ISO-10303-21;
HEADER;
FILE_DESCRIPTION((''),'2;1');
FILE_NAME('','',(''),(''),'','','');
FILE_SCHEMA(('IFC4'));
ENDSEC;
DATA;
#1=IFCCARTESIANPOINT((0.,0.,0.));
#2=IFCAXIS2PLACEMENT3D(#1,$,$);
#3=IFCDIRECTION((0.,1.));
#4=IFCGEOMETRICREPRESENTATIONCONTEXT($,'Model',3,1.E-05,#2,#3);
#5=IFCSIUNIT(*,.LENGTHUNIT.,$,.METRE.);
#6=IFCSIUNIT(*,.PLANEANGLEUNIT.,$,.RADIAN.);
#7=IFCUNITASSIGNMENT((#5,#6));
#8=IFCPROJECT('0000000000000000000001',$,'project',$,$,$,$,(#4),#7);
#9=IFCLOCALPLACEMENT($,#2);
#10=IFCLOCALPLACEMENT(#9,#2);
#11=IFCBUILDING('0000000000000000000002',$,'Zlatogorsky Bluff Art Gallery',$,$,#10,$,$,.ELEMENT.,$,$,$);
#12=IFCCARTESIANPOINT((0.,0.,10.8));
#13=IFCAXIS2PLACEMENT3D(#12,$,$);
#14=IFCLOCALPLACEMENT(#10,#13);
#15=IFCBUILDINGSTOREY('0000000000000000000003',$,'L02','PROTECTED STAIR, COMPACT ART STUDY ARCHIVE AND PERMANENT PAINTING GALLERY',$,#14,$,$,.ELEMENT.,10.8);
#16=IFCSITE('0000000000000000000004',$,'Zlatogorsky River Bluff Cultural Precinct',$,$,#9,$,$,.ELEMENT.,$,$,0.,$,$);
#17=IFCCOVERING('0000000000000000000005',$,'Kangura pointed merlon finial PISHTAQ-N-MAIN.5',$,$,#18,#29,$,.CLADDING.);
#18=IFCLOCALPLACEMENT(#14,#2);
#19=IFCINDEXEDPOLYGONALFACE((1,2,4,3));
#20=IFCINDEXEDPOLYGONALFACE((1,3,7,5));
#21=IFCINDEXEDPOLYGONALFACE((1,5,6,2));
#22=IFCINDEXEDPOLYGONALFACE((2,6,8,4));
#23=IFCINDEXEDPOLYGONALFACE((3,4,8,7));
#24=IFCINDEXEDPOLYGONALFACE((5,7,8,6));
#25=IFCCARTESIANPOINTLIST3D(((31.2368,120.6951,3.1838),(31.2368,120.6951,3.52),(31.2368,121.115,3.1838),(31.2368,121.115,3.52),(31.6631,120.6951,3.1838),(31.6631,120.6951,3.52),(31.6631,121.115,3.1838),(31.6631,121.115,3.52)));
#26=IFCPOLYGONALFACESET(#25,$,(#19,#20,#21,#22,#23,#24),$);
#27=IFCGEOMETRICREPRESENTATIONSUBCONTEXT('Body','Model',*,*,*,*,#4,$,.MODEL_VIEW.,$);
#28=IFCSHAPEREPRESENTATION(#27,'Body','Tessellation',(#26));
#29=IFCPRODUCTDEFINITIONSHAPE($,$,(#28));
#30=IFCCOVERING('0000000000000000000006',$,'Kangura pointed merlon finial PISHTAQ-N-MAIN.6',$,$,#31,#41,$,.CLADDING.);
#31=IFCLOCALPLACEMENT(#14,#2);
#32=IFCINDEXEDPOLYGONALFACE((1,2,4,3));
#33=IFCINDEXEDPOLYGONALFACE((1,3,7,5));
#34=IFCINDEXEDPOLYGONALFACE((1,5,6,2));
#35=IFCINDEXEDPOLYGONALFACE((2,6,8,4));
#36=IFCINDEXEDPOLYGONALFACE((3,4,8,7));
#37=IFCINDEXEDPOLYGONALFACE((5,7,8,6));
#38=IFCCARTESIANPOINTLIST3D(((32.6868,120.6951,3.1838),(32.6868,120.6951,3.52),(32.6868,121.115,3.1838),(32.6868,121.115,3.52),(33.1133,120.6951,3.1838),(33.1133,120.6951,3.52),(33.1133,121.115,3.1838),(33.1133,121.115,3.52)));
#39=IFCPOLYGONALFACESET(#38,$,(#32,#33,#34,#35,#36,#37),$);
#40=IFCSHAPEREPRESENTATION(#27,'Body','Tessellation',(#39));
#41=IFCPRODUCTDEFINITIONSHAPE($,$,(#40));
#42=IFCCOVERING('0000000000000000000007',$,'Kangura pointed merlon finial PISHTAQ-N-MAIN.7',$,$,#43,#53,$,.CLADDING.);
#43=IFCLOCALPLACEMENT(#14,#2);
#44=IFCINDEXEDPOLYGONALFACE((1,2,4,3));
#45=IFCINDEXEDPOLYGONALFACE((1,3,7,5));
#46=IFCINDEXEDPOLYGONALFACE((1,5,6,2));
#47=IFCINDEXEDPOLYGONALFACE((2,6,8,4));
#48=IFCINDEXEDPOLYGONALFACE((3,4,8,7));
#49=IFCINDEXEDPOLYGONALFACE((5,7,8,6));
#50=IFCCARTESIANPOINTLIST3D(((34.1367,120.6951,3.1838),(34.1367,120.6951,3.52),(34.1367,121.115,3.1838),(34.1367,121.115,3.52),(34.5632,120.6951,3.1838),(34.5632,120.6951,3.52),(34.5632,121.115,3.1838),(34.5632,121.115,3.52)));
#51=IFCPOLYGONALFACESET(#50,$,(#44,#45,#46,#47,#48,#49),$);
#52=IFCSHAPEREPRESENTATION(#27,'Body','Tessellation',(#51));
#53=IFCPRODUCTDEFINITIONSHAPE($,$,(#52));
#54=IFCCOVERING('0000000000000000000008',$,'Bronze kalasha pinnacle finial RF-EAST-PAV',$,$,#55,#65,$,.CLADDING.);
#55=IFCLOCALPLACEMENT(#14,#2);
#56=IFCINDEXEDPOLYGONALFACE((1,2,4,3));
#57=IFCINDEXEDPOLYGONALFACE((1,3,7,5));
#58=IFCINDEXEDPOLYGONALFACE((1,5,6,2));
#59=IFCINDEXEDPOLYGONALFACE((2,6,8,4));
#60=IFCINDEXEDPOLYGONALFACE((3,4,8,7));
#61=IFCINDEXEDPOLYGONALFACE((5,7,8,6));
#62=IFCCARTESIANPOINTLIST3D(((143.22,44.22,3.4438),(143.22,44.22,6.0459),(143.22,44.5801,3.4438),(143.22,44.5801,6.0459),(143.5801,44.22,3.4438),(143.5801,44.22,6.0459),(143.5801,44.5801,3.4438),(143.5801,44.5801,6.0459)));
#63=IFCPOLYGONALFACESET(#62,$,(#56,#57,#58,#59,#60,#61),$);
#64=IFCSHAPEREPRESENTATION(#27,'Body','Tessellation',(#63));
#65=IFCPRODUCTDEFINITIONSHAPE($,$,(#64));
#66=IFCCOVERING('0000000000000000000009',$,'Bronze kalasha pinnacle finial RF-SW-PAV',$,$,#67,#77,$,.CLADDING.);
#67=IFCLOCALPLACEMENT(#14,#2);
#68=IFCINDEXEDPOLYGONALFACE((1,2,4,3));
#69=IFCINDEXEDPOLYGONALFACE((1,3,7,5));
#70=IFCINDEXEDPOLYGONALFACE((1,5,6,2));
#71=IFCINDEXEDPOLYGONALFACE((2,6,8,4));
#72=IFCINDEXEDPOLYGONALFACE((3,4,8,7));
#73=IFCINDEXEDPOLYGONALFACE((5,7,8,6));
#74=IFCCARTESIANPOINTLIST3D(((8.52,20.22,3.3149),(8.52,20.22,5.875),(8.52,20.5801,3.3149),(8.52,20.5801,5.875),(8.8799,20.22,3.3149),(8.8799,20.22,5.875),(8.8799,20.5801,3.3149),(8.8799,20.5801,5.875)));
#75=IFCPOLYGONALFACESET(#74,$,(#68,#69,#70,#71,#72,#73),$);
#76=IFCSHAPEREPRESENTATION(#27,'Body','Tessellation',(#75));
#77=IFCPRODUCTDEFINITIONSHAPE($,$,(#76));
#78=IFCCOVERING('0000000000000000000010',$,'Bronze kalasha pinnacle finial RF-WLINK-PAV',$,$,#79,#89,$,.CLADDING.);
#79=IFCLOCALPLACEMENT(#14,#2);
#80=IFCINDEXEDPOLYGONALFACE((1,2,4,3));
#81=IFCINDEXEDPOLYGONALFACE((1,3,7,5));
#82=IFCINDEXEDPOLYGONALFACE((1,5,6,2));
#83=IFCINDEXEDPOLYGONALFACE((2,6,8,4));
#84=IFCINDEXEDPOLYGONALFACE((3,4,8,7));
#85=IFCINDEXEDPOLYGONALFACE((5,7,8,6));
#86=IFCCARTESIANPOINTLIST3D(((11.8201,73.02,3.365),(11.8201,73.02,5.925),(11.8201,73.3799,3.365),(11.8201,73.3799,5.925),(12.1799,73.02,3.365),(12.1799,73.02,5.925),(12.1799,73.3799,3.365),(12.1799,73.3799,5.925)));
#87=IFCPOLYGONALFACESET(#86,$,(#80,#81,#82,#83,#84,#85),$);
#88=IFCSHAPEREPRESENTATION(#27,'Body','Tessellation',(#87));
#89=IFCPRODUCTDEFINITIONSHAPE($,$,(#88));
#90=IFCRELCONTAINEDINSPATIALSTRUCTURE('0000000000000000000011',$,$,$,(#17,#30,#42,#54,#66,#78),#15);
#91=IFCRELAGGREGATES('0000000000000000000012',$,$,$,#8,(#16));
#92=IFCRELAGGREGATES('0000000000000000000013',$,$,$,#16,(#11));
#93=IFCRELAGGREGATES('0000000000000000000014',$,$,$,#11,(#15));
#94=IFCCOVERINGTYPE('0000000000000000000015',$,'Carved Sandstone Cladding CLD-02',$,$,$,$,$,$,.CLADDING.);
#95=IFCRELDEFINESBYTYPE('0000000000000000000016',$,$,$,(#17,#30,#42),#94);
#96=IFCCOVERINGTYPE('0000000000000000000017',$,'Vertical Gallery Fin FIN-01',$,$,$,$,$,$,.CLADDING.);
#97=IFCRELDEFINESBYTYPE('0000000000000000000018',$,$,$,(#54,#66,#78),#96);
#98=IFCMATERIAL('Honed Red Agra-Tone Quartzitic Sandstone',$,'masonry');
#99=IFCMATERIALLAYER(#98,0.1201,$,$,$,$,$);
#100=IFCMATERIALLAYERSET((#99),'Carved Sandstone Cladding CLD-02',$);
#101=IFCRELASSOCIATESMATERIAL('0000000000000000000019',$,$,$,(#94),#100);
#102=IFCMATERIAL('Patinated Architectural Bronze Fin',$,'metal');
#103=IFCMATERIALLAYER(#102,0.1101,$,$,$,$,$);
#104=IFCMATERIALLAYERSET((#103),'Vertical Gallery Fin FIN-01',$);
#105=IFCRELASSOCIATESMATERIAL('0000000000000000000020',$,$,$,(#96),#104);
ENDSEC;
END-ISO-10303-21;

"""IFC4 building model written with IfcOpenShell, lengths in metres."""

from ifc_helpers import new_model, si_unit, direction, frame, origin, place, context, subcontext, project, spatial, polyline, outline, extrude, material, layer, layer_set, type_object, element, save


model = new_model("IFC4")

# Units and contexts
model_context = context("Model", 3, precision=1e-05, world=origin(), true_north=direction((0.0, 1.0)))
body_context = subcontext(model_context, "Body", "Model", "MODEL_VIEW")
ifc_project = project(units=[si_unit("LENGTHUNIT", "METRE"), si_unit("PLANEANGLEUNIT", "RADIAN")], contexts=[model_context])

# Site, building, storey
site_placement = place(None, origin())
site = spatial("IfcSite", under=ifc_project, at=site_placement, Name="Zlatogorsky River Bluff Cultural Precinct", CompositionType="ELEMENT", RefElevation=0.0)
building_placement = place(site_placement, origin())
building = spatial("IfcBuilding", under=site, at=building_placement, Name="Zlatogorsky Bluff Art Gallery", CompositionType="ELEMENT")
storey_placement = place(building_placement, frame((0.0, 0.0, 10.8)))
storey = spatial("IfcBuildingStorey", under=building, at=storey_placement, Name="L02", Description="PROTECTED STAIR, COMPACT ART STUDY ARCHIVE AND PERMANENT PAINTING GALLERY", CompositionType="ELEMENT", Elevation=10.8)

# Coverings
ifc_material_1 = material(Name="Honed Red Agra-Tone Quartzitic Sandstone", Category="masonry")
ifc_layer_1 = layer(ifc_material_1, 0.1201)
ifc_layer_set_1 = layer_set([ifc_layer_1], Name="Carved Sandstone Cladding CLD-02")
covering_type_1 = type_object("IfcCoveringType", Name="Carved Sandstone Cladding CLD-02", PredefinedType="CLADDING", material=ifc_layer_set_1)
covering_1_placement = place(storey_placement, frame((0.0, 0.0, 3.1838)))
element("IfcCovering", 1, at=covering_1_placement, inside=storey, type_object=covering_type_1, Name="Kangura pointed merlon finial PISHTAQ-N-MAIN.5", PredefinedType="CLADDING", context=body_context, shape_type="SweptSolid", body=[
    extrude(outline(polyline([(31.2368, 120.6951), (31.6631, 120.6951), (31.6631, 121.115), (31.2368, 121.115), (31.2368, 120.6951)])), origin(), (0.0, 0.0, 1.0), 0.3362),
])
covering_2_placement = place(storey_placement, frame((0.0, 0.0, 3.1838)))
element("IfcCovering", 2, at=covering_2_placement, inside=storey, type_object=covering_type_1, Name="Kangura pointed merlon finial PISHTAQ-N-MAIN.6", PredefinedType="CLADDING", context=body_context, shape_type="SweptSolid", body=[
    extrude(outline(polyline([(32.6868, 120.6951), (33.1133, 120.6951), (33.1133, 121.115), (32.6868, 121.115), (32.6868, 120.6951)])), origin(), (0.0, 0.0, 1.0), 0.3362),
])
covering_3_placement = place(storey_placement, frame((0.0, 0.0, 3.1838)))
element("IfcCovering", 3, at=covering_3_placement, inside=storey, type_object=covering_type_1, Name="Kangura pointed merlon finial PISHTAQ-N-MAIN.7", PredefinedType="CLADDING", context=body_context, shape_type="SweptSolid", body=[
    extrude(outline(polyline([(34.1367, 120.6951), (34.5632, 120.6951), (34.5632, 121.115), (34.1367, 121.115), (34.1367, 120.6951)])), origin(), (0.0, 0.0, 1.0), 0.3362),
])
ifc_material_2 = material(Name="Patinated Architectural Bronze Fin", Category="metal")
ifc_layer_2 = layer(ifc_material_2, 0.1101)
ifc_layer_set_2 = layer_set([ifc_layer_2], Name="Vertical Gallery Fin FIN-01")
covering_type_2 = type_object("IfcCoveringType", Name="Vertical Gallery Fin FIN-01", PredefinedType="CLADDING", material=ifc_layer_set_2)
covering_4_placement = place(storey_placement, frame((0.0, 0.0, 3.4438)))
element("IfcCovering", 4, at=covering_4_placement, inside=storey, type_object=covering_type_2, Name="Bronze kalasha pinnacle finial RF-EAST-PAV", PredefinedType="CLADDING", context=body_context, shape_type="SweptSolid", body=[
    extrude(outline(polyline([(143.22, 44.22), (143.5801, 44.22), (143.5801, 44.5801), (143.22, 44.5801), (143.22, 44.22)])), origin(), (0.0, 0.0, 1.0), 2.6021),
])
covering_5_placement = place(storey_placement, frame((0.0, 0.0, 3.3149)))
element("IfcCovering", 5, at=covering_5_placement, inside=storey, type_object=covering_type_2, Name="Bronze kalasha pinnacle finial RF-SW-PAV", PredefinedType="CLADDING", context=body_context, shape_type="SweptSolid", body=[
    extrude(outline(polyline([(8.52, 20.22), (8.8799, 20.22), (8.8799, 20.5801), (8.52, 20.5801), (8.52, 20.22)])), origin(), (0.0, 0.0, 1.0), 2.5601),
])
covering_6_placement = place(storey_placement, frame((0.0, 0.0, 3.365)))
element("IfcCovering", 6, at=covering_6_placement, inside=storey, type_object=covering_type_2, Name="Bronze kalasha pinnacle finial RF-WLINK-PAV", PredefinedType="CLADDING", context=body_context, shape_type="SweptSolid", body=[
    extrude(outline(polyline([(11.8201, 73.02), (12.1799, 73.02), (12.1799, 73.3799), (11.8201, 73.3799), (11.8201, 73.02)])), origin(), (0.0, 0.0, 1.0), 2.5601),
])

save(model, "model.ifc")
